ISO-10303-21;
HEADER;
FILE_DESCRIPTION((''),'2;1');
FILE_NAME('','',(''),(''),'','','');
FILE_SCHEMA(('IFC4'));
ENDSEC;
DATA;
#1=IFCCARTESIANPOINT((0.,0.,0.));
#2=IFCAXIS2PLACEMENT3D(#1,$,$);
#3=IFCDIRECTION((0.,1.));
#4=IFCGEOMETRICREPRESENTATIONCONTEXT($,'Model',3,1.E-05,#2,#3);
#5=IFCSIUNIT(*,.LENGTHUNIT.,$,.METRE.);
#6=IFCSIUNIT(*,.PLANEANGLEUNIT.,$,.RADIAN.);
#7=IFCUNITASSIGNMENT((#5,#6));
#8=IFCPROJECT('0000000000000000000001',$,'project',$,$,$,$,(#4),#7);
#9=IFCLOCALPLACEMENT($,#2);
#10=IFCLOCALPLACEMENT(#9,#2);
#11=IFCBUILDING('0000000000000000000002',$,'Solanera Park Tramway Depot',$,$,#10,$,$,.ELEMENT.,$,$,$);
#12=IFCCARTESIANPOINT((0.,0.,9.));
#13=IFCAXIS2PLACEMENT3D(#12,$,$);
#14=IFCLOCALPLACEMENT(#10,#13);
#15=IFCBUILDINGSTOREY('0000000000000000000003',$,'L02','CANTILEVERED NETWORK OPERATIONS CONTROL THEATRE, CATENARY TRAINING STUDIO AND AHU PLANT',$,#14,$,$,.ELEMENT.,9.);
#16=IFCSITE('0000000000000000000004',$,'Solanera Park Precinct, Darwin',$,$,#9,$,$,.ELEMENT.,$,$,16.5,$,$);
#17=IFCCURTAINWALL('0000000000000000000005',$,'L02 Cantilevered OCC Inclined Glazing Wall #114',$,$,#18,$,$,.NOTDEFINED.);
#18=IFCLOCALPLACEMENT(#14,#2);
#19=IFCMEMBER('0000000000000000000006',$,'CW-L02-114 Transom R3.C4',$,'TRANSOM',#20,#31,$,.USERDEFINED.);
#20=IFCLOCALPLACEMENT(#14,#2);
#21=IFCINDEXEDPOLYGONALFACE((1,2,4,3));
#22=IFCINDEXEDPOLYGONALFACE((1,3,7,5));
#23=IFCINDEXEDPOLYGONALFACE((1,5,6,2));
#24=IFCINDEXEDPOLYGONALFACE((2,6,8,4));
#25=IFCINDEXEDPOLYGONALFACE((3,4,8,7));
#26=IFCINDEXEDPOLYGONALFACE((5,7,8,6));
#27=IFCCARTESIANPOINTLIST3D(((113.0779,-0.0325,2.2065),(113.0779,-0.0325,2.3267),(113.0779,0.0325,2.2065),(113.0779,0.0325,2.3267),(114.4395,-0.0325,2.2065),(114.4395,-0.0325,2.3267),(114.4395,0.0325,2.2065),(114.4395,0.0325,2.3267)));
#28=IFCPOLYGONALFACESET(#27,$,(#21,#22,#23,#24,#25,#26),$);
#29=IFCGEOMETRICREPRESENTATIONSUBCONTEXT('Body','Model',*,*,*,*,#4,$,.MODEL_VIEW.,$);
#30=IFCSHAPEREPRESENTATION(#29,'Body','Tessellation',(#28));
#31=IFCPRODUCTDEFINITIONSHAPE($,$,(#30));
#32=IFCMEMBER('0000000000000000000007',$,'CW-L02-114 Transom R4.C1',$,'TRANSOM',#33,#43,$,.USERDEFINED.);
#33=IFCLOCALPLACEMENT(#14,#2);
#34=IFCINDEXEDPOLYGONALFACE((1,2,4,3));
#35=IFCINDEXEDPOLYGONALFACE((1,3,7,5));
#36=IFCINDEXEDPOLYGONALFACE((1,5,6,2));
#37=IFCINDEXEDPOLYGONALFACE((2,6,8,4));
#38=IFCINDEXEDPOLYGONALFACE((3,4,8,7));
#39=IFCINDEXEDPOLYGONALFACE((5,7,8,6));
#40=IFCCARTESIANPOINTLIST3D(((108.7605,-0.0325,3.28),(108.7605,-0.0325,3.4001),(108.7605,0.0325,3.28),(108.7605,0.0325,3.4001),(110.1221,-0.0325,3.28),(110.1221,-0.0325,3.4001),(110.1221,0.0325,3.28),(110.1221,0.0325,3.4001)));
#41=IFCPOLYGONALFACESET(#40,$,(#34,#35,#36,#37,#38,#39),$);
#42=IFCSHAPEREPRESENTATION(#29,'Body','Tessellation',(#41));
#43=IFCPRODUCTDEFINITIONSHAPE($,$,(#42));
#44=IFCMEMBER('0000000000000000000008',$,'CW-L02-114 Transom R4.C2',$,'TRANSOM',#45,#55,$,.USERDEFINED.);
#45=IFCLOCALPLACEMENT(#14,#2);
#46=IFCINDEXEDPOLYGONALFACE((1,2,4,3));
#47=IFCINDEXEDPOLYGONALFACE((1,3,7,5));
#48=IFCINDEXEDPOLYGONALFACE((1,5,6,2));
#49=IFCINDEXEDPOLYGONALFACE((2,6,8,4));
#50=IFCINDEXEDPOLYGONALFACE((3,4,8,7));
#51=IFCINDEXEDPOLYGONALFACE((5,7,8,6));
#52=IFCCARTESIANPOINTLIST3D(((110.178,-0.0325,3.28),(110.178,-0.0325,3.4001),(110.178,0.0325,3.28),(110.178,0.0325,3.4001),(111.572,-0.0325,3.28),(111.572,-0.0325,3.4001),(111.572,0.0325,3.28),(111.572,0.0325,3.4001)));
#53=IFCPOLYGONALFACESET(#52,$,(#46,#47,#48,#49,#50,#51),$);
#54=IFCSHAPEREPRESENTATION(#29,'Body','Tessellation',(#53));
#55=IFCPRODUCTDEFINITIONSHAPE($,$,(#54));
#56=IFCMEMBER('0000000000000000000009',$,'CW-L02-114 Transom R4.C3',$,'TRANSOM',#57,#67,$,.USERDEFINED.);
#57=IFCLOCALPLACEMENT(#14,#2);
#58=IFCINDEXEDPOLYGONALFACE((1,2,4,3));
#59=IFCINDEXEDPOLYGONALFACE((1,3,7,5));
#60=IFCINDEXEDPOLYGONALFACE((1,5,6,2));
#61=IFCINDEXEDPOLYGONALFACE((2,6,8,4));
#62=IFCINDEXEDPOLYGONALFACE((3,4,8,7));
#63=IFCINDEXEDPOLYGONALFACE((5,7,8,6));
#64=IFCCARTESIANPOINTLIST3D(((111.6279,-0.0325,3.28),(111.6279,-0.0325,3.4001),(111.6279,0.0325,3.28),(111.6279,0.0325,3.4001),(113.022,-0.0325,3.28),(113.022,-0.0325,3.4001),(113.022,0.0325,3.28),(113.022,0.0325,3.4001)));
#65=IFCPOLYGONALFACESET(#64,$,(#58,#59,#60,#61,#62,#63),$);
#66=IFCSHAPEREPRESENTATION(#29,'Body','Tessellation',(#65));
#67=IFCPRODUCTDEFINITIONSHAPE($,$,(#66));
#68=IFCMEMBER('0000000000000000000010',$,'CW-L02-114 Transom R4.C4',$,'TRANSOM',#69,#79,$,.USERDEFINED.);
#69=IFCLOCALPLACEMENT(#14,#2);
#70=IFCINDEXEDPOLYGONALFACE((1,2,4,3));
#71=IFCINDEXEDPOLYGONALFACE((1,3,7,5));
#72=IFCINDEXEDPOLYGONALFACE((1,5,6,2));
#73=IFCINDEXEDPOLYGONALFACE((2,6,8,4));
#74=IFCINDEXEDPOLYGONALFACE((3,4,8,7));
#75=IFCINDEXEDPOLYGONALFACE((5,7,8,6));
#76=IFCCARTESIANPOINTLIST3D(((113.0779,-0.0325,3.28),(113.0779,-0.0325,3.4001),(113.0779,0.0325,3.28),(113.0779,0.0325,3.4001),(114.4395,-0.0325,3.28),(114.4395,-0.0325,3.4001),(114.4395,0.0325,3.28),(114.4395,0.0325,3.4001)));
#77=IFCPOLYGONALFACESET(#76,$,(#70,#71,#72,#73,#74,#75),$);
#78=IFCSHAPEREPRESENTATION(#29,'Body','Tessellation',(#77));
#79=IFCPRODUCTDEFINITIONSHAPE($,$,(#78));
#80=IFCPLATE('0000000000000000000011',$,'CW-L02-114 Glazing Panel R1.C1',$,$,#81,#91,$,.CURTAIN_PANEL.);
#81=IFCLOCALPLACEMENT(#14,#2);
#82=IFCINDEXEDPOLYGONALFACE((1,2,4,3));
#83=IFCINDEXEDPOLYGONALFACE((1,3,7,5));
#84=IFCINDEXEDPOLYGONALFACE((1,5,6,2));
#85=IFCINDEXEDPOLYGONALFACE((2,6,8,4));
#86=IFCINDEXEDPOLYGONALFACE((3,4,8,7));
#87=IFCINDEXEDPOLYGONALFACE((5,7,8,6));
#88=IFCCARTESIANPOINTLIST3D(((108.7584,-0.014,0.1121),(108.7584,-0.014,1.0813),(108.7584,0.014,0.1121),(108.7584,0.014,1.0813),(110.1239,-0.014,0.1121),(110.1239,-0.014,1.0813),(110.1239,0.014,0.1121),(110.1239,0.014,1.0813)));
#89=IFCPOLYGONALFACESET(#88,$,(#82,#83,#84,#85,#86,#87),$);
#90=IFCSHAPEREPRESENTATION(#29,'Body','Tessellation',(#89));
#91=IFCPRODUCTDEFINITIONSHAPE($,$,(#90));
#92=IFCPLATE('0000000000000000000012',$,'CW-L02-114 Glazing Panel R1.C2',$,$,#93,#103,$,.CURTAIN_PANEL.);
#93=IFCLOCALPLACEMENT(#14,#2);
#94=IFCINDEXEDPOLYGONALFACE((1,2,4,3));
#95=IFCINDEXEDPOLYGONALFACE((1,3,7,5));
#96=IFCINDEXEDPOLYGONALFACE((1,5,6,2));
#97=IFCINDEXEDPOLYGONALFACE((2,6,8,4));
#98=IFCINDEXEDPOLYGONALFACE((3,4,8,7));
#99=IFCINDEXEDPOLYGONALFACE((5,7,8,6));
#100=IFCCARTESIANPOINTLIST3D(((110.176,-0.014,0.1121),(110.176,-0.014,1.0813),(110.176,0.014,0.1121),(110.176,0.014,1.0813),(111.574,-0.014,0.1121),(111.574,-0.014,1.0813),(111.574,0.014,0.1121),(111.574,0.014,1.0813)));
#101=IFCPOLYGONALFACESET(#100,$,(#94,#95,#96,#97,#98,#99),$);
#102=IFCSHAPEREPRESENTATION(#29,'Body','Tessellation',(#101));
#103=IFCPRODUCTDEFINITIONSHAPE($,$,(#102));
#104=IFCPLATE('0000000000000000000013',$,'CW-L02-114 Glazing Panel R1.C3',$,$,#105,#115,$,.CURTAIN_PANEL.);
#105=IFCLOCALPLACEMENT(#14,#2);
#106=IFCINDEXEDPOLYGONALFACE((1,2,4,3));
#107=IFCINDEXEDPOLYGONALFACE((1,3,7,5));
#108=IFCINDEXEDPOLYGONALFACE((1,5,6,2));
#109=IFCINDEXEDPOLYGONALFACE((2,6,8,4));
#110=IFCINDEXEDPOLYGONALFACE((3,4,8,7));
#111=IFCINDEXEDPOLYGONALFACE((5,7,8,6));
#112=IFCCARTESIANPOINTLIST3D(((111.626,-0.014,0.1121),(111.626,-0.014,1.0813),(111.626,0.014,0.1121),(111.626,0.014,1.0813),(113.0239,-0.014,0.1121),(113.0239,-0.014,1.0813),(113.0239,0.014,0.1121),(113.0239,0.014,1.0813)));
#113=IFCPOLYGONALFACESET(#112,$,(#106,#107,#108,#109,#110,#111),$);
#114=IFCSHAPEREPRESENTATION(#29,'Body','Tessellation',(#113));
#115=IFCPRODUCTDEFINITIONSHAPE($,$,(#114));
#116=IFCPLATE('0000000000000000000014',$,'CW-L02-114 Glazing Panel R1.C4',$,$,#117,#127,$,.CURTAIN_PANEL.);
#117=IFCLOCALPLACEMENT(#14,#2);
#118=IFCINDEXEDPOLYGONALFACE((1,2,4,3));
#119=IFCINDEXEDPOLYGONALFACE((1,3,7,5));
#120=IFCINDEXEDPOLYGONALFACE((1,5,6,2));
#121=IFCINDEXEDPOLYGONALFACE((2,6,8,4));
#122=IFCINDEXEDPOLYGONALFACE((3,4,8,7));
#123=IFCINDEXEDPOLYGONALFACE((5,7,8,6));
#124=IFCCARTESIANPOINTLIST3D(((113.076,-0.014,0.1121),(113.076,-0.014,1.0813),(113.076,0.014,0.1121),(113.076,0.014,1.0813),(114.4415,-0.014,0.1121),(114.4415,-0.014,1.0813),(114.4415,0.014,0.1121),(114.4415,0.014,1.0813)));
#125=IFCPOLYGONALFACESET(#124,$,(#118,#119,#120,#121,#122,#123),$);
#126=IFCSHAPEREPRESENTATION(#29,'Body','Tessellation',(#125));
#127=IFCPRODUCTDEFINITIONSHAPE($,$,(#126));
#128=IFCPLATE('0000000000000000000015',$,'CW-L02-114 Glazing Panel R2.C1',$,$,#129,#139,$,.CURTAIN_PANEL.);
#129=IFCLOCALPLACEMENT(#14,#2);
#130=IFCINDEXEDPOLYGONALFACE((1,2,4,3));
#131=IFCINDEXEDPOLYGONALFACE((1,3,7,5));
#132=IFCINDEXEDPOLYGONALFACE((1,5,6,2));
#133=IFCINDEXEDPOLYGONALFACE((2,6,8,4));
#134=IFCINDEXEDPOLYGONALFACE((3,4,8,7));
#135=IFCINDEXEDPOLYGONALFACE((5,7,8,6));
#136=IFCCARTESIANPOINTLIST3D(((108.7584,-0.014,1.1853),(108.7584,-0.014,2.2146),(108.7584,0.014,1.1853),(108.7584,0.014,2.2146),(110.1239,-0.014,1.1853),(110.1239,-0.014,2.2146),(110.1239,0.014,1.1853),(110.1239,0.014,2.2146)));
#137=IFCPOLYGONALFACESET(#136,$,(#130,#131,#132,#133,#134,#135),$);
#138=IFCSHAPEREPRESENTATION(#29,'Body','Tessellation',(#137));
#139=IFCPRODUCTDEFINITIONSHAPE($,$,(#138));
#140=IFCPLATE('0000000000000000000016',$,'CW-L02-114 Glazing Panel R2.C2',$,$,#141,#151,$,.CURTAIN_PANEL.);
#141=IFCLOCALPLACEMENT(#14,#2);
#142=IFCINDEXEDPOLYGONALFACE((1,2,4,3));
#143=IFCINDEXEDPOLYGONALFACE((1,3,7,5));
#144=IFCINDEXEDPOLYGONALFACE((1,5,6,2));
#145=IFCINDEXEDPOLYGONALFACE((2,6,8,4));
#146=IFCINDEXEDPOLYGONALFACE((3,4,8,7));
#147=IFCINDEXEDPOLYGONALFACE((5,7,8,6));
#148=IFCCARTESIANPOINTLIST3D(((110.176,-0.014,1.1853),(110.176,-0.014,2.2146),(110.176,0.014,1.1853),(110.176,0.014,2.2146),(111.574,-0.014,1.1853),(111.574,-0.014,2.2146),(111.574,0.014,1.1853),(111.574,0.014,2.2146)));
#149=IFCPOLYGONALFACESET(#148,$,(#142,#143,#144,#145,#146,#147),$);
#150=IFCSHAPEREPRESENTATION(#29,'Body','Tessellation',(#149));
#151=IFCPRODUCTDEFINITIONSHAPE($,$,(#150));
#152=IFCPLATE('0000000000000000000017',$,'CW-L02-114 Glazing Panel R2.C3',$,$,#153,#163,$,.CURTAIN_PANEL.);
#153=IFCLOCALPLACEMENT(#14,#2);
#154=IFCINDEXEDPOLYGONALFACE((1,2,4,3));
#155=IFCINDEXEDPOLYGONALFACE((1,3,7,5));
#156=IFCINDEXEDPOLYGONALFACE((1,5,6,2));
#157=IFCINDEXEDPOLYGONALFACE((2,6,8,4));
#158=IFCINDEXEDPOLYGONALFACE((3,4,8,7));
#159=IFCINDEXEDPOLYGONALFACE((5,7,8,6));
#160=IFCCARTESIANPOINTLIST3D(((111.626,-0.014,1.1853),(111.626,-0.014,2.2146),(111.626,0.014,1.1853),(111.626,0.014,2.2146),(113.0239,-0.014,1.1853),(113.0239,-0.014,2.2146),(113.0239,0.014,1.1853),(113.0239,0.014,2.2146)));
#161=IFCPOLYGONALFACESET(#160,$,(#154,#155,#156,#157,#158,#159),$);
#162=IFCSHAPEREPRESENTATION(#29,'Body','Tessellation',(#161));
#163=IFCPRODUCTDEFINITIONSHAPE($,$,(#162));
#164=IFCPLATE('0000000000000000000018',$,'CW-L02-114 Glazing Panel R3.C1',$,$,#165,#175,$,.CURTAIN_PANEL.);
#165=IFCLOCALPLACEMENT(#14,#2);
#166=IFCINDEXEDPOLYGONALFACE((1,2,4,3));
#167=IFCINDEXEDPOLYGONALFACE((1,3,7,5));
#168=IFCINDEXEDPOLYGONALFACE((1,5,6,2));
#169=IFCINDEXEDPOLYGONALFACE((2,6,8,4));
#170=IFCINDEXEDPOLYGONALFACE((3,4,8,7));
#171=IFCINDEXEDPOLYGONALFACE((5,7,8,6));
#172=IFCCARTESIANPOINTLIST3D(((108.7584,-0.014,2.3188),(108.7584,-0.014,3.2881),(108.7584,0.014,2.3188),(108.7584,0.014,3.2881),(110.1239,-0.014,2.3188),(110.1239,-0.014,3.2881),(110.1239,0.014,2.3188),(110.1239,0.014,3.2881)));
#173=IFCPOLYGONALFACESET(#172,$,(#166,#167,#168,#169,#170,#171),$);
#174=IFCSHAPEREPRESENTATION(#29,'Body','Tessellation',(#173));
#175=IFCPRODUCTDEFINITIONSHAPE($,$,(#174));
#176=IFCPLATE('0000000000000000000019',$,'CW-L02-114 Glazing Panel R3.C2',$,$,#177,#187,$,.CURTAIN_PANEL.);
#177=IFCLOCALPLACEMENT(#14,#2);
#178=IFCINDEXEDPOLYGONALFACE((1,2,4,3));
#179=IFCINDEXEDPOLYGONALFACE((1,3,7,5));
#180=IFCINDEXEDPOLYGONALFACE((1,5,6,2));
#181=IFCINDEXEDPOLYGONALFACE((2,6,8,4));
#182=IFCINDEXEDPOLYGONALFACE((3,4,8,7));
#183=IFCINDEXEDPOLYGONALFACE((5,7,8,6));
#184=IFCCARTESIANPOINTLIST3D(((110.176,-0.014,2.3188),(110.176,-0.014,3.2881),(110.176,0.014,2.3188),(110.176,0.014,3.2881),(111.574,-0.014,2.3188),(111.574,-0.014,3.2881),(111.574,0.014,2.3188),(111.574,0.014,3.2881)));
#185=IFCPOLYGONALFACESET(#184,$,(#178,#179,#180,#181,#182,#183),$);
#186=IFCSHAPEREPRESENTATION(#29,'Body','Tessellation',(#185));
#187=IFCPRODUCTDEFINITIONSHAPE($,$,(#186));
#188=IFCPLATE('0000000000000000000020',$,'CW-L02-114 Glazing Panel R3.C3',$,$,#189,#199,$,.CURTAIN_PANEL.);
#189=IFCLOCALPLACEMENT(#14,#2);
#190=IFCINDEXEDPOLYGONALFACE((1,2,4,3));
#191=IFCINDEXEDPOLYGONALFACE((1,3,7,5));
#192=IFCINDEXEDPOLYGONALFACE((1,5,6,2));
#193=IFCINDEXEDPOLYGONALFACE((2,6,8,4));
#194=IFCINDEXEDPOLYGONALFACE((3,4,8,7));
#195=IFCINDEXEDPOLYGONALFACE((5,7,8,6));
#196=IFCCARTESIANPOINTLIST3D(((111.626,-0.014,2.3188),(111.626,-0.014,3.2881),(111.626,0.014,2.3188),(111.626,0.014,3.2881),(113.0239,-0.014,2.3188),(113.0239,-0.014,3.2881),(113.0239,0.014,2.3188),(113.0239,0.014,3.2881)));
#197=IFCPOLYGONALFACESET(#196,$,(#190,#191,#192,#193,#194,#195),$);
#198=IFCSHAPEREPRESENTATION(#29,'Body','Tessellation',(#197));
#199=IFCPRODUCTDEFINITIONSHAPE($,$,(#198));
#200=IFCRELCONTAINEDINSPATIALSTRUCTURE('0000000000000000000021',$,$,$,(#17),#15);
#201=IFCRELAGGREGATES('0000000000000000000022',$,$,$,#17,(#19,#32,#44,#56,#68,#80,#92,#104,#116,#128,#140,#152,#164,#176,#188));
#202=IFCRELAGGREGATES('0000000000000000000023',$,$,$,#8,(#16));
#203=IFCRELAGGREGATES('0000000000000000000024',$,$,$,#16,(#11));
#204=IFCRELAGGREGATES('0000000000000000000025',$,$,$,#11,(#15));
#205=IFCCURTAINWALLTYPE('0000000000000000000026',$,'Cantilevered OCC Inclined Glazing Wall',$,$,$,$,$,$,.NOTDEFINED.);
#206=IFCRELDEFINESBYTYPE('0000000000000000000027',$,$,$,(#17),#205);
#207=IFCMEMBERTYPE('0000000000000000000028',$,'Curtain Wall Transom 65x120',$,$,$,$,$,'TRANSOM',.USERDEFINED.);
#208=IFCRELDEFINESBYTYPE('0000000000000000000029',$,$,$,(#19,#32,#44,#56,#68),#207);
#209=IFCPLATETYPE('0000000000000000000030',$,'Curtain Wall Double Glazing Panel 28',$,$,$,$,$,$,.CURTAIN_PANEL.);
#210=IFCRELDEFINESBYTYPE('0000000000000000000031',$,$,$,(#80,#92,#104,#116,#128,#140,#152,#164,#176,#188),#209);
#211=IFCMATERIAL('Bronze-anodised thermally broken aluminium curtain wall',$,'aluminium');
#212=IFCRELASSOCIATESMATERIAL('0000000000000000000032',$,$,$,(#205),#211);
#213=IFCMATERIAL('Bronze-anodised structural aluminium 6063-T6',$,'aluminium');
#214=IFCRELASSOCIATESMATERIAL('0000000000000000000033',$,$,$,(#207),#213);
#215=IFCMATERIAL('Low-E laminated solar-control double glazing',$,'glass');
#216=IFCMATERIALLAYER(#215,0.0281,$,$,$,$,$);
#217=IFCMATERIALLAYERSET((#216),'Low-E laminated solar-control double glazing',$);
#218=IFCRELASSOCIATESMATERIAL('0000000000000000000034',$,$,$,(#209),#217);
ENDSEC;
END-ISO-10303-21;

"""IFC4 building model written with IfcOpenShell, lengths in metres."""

from ifc_helpers import new_model, si_unit, direction, frame, origin, origin_2d, place, context, subcontext, project, spatial, rectangle, extrude, material, layer, layer_set, material_profile, profile_set, type_object, element, aggregate, save


model = new_model("IFC4")

# Units and contexts
model_context = context("Model", 3, precision=1e-05, world=origin(), true_north=direction((0.0, 1.0)))
body_context = subcontext(model_context, "Body", "Model", "MODEL_VIEW")
ifc_project = project(units=[si_unit("LENGTHUNIT", "METRE"), si_unit("PLANEANGLEUNIT", "RADIAN")], contexts=[model_context])

# Site, building, storey
site_placement = place(None, origin())
site = spatial("IfcSite", under=ifc_project, at=site_placement, Name="Solanera Park Precinct, Darwin", CompositionType="ELEMENT", RefElevation=16.5)
building_placement = place(site_placement, origin())
building = spatial("IfcBuilding", under=site, at=building_placement, Name="Solanera Park Tramway Depot", CompositionType="ELEMENT")
storey_placement = place(building_placement, frame((0.0, 0.0, 9.0)))
storey = spatial("IfcBuildingStorey", under=building, at=storey_placement, Name="L02", Description="CANTILEVERED NETWORK OPERATIONS CONTROL THEATRE, CATENARY TRAINING STUDIO AND AHU PLANT", CompositionType="ELEMENT", Elevation=9.0)

# Curtain wall, members, plates
ifc_material_1 = material(Name="Bronze-anodised thermally broken aluminium curtain wall", Category="aluminium")
curtain_wall_type = type_object("IfcCurtainWallType", Name="Cantilevered OCC Inclined Glazing Wall", PredefinedType="NOTDEFINED", material=ifc_material_1)
curtain_wall_placement = place(storey_placement, origin())
curtain_wall = element("IfcCurtainWall", 1, at=curtain_wall_placement, inside=storey, type_object=curtain_wall_type, Name="L02 Cantilevered OCC Inclined Glazing Wall #114", PredefinedType="NOTDEFINED")
ifc_material_2 = material(Name="Bronze-anodised structural aluminium 6063-T6", Category="aluminium")
ifc_material_profile_1 = material_profile(ifc_material_2, rectangle(XDim=0.0649, YDim=0.1201, at=origin_2d()), Name="Curtain Wall Transom 65x120")
ifc_profile_set_1 = profile_set([ifc_material_profile_1], Name="Bronze-anodised structural aluminium 6063-T6")
member_type_1 = type_object("IfcMemberType", Name="Curtain Wall Transom 65x120", ElementType="TRANSOM", PredefinedType="USERDEFINED", material=ifc_profile_set_1)
member_1_placement = place(storey_placement, frame((113.0779, 0.0, 2.2666), z_axis=(1.0, 0.0, 0.0), x_axis=(0.0, 1.0, 0.0)))
member_1 = element("IfcMember", 2, at=member_1_placement, type_object=member_type_1, Name="CW-L02-114 Transom R3.C4", ObjectType="TRANSOM", PredefinedType="USERDEFINED", context=body_context, shape_type="SweptSolid", body=[
    extrude(rectangle(XDim=0.0649, YDim=0.1201, at=origin_2d()), origin(), (0.0, 0.0, 1.0), 1.3616),
])
member_2_placement = place(storey_placement, frame((108.7605, 0.0, 3.3401), z_axis=(1.0, 0.0, 0.0), x_axis=(0.0, 1.0, 0.0)))
member_2 = element("IfcMember", 3, at=member_2_placement, type_object=member_type_1, Name="CW-L02-114 Transom R4.C1", ObjectType="TRANSOM", PredefinedType="USERDEFINED", context=body_context, shape_type="SweptSolid", body=[
    extrude(rectangle(XDim=0.0649, YDim=0.1201, at=origin_2d()), origin(), (0.0, 0.0, 1.0), 1.3616),
])
member_3_placement = place(storey_placement, frame((110.178, 0.0, 3.3401), z_axis=(1.0, 0.0, 0.0), x_axis=(0.0, 1.0, 0.0)))
member_3 = element("IfcMember", 4, at=member_3_placement, type_object=member_type_1, Name="CW-L02-114 Transom R4.C2", ObjectType="TRANSOM", PredefinedType="USERDEFINED", context=body_context, shape_type="SweptSolid", body=[
    extrude(rectangle(XDim=0.0649, YDim=0.1201, at=origin_2d()), origin(), (0.0, 0.0, 1.0), 1.394),
])
member_4_placement = place(storey_placement, frame((111.6279, 0.0, 3.3401), z_axis=(1.0, 0.0, 0.0), x_axis=(0.0, 1.0, 0.0)))
member_4 = element("IfcMember", 5, at=member_4_placement, type_object=member_type_1, Name="CW-L02-114 Transom R4.C3", ObjectType="TRANSOM", PredefinedType="USERDEFINED", context=body_context, shape_type="SweptSolid", body=[
    extrude(rectangle(XDim=0.0649, YDim=0.1201, at=origin_2d()), origin(), (0.0, 0.0, 1.0), 1.394),
])
member_5_placement = place(storey_placement, frame((113.0779, 0.0, 3.3401), z_axis=(1.0, 0.0, 0.0), x_axis=(0.0, 1.0, 0.0)))
member_5 = element("IfcMember", 6, at=member_5_placement, type_object=member_type_1, Name="CW-L02-114 Transom R4.C4", ObjectType="TRANSOM", PredefinedType="USERDEFINED", context=body_context, shape_type="SweptSolid", body=[
    extrude(rectangle(XDim=0.0649, YDim=0.1201, at=origin_2d()), origin(), (0.0, 0.0, 1.0), 1.3616),
])
ifc_material_3 = material(Name="Low-E laminated solar-control double glazing", Category="glass")
ifc_layer_1 = layer(ifc_material_3, 0.0281)
ifc_layer_set_1 = layer_set([ifc_layer_1], Name="Low-E laminated solar-control double glazing")
plate_type = type_object("IfcPlateType", Name="Curtain Wall Double Glazing Panel 28", PredefinedType="CURTAIN_PANEL", material=ifc_layer_set_1)
plate_1_placement = place(storey_placement, frame((109.4412, 0.0, 0.1121), z_axis=(0.0, 0.0, 1.0), x_axis=(1.0, 0.0, 0.0)))
plate_1 = element("IfcPlate", 7, at=plate_1_placement, type_object=plate_type, Name="CW-L02-114 Glazing Panel R1.C1", PredefinedType="CURTAIN_PANEL", context=body_context, shape_type="SweptSolid", body=[
    extrude(rectangle(XDim=1.3655, YDim=0.0281, at=origin_2d()), origin(), (0.0, 0.0, 1.0), 0.9692),
])
plate_2_placement = place(storey_placement, frame((110.875, 0.0, 0.1121), z_axis=(0.0, 0.0, 1.0), x_axis=(1.0, 0.0, 0.0)))
plate_2 = element("IfcPlate", 8, at=plate_2_placement, type_object=plate_type, Name="CW-L02-114 Glazing Panel R1.C2", PredefinedType="CURTAIN_PANEL", context=body_context, shape_type="SweptSolid", body=[
    extrude(rectangle(XDim=1.3979, YDim=0.0281, at=origin_2d()), origin(), (0.0, 0.0, 1.0), 0.9692),
])
plate_3_placement = place(storey_placement, frame((112.325, 0.0, 0.1121), z_axis=(0.0, 0.0, 1.0), x_axis=(1.0, 0.0, 0.0)))
plate_3 = element("IfcPlate", 9, at=plate_3_placement, type_object=plate_type, Name="CW-L02-114 Glazing Panel R1.C3", PredefinedType="CURTAIN_PANEL", context=body_context, shape_type="SweptSolid", body=[
    extrude(rectangle(XDim=1.3979, YDim=0.0281, at=origin_2d()), origin(), (0.0, 0.0, 1.0), 0.9692),
])
plate_4_placement = place(storey_placement, frame((113.7588, 0.0, 0.1121), z_axis=(0.0, 0.0, 1.0), x_axis=(1.0, 0.0, 0.0)))
plate_4 = element("IfcPlate", 10, at=plate_4_placement, type_object=plate_type, Name="CW-L02-114 Glazing Panel R1.C4", PredefinedType="CURTAIN_PANEL", context=body_context, shape_type="SweptSolid", body=[
    extrude(rectangle(XDim=1.3655, YDim=0.0281, at=origin_2d()), origin(), (0.0, 0.0, 1.0), 0.9692),
])
plate_5_placement = place(storey_placement, frame((109.4412, 0.0, 1.1853), z_axis=(0.0, 0.0, 1.0), x_axis=(1.0, 0.0, 0.0)))
plate_5 = element("IfcPlate", 11, at=plate_5_placement, type_object=plate_type, Name="CW-L02-114 Glazing Panel R2.C1", PredefinedType="CURTAIN_PANEL", context=body_context, shape_type="SweptSolid", body=[
    extrude(rectangle(XDim=1.3655, YDim=0.0281, at=origin_2d()), origin(), (0.0, 0.0, 1.0), 1.0293),
])
plate_6_placement = place(storey_placement, frame((110.875, 0.0, 1.1853), z_axis=(0.0, 0.0, 1.0), x_axis=(1.0, 0.0, 0.0)))
plate_6 = element("IfcPlate", 12, at=plate_6_placement, type_object=plate_type, Name="CW-L02-114 Glazing Panel R2.C2", PredefinedType="CURTAIN_PANEL", context=body_context, shape_type="SweptSolid", body=[
    extrude(rectangle(XDim=1.3979, YDim=0.0281, at=origin_2d()), origin(), (0.0, 0.0, 1.0), 1.0293),
])
plate_7_placement = place(storey_placement, frame((112.325, 0.0, 1.1853), z_axis=(0.0, 0.0, 1.0), x_axis=(1.0, 0.0, 0.0)))
plate_7 = element("IfcPlate", 13, at=plate_7_placement, type_object=plate_type, Name="CW-L02-114 Glazing Panel R2.C3", PredefinedType="CURTAIN_PANEL", context=body_context, shape_type="SweptSolid", body=[
    extrude(rectangle(XDim=1.3979, YDim=0.0281, at=origin_2d()), origin(), (0.0, 0.0, 1.0), 1.0293),
])
plate_8_placement = place(storey_placement, frame((109.4412, 0.0, 2.3188), z_axis=(0.0, 0.0, 1.0), x_axis=(1.0, 0.0, 0.0)))
plate_8 = element("IfcPlate", 14, at=plate_8_placement, type_object=plate_type, Name="CW-L02-114 Glazing Panel R3.C1", PredefinedType="CURTAIN_PANEL", context=body_context, shape_type="SweptSolid", body=[
    extrude(rectangle(XDim=1.3655, YDim=0.0281, at=origin_2d()), origin(), (0.0, 0.0, 1.0), 0.9692),
])
plate_9_placement = place(storey_placement, frame((110.875, 0.0, 2.3188), z_axis=(0.0, 0.0, 1.0), x_axis=(1.0, 0.0, 0.0)))
plate_9 = element("IfcPlate", 15, at=plate_9_placement, type_object=plate_type, Name="CW-L02-114 Glazing Panel R3.C2", PredefinedType="CURTAIN_PANEL", context=body_context, shape_type="SweptSolid", body=[
    extrude(rectangle(XDim=1.3979, YDim=0.0281, at=origin_2d()), origin(), (0.0, 0.0, 1.0), 0.9692),
])
plate_10_placement = place(storey_placement, frame((112.325, 0.0, 2.3188), z_axis=(0.0, 0.0, 1.0), x_axis=(1.0, 0.0, 0.0)))
plate_10 = element("IfcPlate", 16, at=plate_10_placement, type_object=plate_type, Name="CW-L02-114 Glazing Panel R3.C3", PredefinedType="CURTAIN_PANEL", context=body_context, shape_type="SweptSolid", body=[
    extrude(rectangle(XDim=1.3979, YDim=0.0281, at=origin_2d()), origin(), (0.0, 0.0, 1.0), 0.9692),
])
aggregate(curtain_wall, [member_1, member_2, member_3, member_4, member_5, plate_1, plate_2, plate_3, plate_4, plate_5, plate_6, plate_7, plate_8, plate_9, plate_10])

save(model, "model.ifc")
